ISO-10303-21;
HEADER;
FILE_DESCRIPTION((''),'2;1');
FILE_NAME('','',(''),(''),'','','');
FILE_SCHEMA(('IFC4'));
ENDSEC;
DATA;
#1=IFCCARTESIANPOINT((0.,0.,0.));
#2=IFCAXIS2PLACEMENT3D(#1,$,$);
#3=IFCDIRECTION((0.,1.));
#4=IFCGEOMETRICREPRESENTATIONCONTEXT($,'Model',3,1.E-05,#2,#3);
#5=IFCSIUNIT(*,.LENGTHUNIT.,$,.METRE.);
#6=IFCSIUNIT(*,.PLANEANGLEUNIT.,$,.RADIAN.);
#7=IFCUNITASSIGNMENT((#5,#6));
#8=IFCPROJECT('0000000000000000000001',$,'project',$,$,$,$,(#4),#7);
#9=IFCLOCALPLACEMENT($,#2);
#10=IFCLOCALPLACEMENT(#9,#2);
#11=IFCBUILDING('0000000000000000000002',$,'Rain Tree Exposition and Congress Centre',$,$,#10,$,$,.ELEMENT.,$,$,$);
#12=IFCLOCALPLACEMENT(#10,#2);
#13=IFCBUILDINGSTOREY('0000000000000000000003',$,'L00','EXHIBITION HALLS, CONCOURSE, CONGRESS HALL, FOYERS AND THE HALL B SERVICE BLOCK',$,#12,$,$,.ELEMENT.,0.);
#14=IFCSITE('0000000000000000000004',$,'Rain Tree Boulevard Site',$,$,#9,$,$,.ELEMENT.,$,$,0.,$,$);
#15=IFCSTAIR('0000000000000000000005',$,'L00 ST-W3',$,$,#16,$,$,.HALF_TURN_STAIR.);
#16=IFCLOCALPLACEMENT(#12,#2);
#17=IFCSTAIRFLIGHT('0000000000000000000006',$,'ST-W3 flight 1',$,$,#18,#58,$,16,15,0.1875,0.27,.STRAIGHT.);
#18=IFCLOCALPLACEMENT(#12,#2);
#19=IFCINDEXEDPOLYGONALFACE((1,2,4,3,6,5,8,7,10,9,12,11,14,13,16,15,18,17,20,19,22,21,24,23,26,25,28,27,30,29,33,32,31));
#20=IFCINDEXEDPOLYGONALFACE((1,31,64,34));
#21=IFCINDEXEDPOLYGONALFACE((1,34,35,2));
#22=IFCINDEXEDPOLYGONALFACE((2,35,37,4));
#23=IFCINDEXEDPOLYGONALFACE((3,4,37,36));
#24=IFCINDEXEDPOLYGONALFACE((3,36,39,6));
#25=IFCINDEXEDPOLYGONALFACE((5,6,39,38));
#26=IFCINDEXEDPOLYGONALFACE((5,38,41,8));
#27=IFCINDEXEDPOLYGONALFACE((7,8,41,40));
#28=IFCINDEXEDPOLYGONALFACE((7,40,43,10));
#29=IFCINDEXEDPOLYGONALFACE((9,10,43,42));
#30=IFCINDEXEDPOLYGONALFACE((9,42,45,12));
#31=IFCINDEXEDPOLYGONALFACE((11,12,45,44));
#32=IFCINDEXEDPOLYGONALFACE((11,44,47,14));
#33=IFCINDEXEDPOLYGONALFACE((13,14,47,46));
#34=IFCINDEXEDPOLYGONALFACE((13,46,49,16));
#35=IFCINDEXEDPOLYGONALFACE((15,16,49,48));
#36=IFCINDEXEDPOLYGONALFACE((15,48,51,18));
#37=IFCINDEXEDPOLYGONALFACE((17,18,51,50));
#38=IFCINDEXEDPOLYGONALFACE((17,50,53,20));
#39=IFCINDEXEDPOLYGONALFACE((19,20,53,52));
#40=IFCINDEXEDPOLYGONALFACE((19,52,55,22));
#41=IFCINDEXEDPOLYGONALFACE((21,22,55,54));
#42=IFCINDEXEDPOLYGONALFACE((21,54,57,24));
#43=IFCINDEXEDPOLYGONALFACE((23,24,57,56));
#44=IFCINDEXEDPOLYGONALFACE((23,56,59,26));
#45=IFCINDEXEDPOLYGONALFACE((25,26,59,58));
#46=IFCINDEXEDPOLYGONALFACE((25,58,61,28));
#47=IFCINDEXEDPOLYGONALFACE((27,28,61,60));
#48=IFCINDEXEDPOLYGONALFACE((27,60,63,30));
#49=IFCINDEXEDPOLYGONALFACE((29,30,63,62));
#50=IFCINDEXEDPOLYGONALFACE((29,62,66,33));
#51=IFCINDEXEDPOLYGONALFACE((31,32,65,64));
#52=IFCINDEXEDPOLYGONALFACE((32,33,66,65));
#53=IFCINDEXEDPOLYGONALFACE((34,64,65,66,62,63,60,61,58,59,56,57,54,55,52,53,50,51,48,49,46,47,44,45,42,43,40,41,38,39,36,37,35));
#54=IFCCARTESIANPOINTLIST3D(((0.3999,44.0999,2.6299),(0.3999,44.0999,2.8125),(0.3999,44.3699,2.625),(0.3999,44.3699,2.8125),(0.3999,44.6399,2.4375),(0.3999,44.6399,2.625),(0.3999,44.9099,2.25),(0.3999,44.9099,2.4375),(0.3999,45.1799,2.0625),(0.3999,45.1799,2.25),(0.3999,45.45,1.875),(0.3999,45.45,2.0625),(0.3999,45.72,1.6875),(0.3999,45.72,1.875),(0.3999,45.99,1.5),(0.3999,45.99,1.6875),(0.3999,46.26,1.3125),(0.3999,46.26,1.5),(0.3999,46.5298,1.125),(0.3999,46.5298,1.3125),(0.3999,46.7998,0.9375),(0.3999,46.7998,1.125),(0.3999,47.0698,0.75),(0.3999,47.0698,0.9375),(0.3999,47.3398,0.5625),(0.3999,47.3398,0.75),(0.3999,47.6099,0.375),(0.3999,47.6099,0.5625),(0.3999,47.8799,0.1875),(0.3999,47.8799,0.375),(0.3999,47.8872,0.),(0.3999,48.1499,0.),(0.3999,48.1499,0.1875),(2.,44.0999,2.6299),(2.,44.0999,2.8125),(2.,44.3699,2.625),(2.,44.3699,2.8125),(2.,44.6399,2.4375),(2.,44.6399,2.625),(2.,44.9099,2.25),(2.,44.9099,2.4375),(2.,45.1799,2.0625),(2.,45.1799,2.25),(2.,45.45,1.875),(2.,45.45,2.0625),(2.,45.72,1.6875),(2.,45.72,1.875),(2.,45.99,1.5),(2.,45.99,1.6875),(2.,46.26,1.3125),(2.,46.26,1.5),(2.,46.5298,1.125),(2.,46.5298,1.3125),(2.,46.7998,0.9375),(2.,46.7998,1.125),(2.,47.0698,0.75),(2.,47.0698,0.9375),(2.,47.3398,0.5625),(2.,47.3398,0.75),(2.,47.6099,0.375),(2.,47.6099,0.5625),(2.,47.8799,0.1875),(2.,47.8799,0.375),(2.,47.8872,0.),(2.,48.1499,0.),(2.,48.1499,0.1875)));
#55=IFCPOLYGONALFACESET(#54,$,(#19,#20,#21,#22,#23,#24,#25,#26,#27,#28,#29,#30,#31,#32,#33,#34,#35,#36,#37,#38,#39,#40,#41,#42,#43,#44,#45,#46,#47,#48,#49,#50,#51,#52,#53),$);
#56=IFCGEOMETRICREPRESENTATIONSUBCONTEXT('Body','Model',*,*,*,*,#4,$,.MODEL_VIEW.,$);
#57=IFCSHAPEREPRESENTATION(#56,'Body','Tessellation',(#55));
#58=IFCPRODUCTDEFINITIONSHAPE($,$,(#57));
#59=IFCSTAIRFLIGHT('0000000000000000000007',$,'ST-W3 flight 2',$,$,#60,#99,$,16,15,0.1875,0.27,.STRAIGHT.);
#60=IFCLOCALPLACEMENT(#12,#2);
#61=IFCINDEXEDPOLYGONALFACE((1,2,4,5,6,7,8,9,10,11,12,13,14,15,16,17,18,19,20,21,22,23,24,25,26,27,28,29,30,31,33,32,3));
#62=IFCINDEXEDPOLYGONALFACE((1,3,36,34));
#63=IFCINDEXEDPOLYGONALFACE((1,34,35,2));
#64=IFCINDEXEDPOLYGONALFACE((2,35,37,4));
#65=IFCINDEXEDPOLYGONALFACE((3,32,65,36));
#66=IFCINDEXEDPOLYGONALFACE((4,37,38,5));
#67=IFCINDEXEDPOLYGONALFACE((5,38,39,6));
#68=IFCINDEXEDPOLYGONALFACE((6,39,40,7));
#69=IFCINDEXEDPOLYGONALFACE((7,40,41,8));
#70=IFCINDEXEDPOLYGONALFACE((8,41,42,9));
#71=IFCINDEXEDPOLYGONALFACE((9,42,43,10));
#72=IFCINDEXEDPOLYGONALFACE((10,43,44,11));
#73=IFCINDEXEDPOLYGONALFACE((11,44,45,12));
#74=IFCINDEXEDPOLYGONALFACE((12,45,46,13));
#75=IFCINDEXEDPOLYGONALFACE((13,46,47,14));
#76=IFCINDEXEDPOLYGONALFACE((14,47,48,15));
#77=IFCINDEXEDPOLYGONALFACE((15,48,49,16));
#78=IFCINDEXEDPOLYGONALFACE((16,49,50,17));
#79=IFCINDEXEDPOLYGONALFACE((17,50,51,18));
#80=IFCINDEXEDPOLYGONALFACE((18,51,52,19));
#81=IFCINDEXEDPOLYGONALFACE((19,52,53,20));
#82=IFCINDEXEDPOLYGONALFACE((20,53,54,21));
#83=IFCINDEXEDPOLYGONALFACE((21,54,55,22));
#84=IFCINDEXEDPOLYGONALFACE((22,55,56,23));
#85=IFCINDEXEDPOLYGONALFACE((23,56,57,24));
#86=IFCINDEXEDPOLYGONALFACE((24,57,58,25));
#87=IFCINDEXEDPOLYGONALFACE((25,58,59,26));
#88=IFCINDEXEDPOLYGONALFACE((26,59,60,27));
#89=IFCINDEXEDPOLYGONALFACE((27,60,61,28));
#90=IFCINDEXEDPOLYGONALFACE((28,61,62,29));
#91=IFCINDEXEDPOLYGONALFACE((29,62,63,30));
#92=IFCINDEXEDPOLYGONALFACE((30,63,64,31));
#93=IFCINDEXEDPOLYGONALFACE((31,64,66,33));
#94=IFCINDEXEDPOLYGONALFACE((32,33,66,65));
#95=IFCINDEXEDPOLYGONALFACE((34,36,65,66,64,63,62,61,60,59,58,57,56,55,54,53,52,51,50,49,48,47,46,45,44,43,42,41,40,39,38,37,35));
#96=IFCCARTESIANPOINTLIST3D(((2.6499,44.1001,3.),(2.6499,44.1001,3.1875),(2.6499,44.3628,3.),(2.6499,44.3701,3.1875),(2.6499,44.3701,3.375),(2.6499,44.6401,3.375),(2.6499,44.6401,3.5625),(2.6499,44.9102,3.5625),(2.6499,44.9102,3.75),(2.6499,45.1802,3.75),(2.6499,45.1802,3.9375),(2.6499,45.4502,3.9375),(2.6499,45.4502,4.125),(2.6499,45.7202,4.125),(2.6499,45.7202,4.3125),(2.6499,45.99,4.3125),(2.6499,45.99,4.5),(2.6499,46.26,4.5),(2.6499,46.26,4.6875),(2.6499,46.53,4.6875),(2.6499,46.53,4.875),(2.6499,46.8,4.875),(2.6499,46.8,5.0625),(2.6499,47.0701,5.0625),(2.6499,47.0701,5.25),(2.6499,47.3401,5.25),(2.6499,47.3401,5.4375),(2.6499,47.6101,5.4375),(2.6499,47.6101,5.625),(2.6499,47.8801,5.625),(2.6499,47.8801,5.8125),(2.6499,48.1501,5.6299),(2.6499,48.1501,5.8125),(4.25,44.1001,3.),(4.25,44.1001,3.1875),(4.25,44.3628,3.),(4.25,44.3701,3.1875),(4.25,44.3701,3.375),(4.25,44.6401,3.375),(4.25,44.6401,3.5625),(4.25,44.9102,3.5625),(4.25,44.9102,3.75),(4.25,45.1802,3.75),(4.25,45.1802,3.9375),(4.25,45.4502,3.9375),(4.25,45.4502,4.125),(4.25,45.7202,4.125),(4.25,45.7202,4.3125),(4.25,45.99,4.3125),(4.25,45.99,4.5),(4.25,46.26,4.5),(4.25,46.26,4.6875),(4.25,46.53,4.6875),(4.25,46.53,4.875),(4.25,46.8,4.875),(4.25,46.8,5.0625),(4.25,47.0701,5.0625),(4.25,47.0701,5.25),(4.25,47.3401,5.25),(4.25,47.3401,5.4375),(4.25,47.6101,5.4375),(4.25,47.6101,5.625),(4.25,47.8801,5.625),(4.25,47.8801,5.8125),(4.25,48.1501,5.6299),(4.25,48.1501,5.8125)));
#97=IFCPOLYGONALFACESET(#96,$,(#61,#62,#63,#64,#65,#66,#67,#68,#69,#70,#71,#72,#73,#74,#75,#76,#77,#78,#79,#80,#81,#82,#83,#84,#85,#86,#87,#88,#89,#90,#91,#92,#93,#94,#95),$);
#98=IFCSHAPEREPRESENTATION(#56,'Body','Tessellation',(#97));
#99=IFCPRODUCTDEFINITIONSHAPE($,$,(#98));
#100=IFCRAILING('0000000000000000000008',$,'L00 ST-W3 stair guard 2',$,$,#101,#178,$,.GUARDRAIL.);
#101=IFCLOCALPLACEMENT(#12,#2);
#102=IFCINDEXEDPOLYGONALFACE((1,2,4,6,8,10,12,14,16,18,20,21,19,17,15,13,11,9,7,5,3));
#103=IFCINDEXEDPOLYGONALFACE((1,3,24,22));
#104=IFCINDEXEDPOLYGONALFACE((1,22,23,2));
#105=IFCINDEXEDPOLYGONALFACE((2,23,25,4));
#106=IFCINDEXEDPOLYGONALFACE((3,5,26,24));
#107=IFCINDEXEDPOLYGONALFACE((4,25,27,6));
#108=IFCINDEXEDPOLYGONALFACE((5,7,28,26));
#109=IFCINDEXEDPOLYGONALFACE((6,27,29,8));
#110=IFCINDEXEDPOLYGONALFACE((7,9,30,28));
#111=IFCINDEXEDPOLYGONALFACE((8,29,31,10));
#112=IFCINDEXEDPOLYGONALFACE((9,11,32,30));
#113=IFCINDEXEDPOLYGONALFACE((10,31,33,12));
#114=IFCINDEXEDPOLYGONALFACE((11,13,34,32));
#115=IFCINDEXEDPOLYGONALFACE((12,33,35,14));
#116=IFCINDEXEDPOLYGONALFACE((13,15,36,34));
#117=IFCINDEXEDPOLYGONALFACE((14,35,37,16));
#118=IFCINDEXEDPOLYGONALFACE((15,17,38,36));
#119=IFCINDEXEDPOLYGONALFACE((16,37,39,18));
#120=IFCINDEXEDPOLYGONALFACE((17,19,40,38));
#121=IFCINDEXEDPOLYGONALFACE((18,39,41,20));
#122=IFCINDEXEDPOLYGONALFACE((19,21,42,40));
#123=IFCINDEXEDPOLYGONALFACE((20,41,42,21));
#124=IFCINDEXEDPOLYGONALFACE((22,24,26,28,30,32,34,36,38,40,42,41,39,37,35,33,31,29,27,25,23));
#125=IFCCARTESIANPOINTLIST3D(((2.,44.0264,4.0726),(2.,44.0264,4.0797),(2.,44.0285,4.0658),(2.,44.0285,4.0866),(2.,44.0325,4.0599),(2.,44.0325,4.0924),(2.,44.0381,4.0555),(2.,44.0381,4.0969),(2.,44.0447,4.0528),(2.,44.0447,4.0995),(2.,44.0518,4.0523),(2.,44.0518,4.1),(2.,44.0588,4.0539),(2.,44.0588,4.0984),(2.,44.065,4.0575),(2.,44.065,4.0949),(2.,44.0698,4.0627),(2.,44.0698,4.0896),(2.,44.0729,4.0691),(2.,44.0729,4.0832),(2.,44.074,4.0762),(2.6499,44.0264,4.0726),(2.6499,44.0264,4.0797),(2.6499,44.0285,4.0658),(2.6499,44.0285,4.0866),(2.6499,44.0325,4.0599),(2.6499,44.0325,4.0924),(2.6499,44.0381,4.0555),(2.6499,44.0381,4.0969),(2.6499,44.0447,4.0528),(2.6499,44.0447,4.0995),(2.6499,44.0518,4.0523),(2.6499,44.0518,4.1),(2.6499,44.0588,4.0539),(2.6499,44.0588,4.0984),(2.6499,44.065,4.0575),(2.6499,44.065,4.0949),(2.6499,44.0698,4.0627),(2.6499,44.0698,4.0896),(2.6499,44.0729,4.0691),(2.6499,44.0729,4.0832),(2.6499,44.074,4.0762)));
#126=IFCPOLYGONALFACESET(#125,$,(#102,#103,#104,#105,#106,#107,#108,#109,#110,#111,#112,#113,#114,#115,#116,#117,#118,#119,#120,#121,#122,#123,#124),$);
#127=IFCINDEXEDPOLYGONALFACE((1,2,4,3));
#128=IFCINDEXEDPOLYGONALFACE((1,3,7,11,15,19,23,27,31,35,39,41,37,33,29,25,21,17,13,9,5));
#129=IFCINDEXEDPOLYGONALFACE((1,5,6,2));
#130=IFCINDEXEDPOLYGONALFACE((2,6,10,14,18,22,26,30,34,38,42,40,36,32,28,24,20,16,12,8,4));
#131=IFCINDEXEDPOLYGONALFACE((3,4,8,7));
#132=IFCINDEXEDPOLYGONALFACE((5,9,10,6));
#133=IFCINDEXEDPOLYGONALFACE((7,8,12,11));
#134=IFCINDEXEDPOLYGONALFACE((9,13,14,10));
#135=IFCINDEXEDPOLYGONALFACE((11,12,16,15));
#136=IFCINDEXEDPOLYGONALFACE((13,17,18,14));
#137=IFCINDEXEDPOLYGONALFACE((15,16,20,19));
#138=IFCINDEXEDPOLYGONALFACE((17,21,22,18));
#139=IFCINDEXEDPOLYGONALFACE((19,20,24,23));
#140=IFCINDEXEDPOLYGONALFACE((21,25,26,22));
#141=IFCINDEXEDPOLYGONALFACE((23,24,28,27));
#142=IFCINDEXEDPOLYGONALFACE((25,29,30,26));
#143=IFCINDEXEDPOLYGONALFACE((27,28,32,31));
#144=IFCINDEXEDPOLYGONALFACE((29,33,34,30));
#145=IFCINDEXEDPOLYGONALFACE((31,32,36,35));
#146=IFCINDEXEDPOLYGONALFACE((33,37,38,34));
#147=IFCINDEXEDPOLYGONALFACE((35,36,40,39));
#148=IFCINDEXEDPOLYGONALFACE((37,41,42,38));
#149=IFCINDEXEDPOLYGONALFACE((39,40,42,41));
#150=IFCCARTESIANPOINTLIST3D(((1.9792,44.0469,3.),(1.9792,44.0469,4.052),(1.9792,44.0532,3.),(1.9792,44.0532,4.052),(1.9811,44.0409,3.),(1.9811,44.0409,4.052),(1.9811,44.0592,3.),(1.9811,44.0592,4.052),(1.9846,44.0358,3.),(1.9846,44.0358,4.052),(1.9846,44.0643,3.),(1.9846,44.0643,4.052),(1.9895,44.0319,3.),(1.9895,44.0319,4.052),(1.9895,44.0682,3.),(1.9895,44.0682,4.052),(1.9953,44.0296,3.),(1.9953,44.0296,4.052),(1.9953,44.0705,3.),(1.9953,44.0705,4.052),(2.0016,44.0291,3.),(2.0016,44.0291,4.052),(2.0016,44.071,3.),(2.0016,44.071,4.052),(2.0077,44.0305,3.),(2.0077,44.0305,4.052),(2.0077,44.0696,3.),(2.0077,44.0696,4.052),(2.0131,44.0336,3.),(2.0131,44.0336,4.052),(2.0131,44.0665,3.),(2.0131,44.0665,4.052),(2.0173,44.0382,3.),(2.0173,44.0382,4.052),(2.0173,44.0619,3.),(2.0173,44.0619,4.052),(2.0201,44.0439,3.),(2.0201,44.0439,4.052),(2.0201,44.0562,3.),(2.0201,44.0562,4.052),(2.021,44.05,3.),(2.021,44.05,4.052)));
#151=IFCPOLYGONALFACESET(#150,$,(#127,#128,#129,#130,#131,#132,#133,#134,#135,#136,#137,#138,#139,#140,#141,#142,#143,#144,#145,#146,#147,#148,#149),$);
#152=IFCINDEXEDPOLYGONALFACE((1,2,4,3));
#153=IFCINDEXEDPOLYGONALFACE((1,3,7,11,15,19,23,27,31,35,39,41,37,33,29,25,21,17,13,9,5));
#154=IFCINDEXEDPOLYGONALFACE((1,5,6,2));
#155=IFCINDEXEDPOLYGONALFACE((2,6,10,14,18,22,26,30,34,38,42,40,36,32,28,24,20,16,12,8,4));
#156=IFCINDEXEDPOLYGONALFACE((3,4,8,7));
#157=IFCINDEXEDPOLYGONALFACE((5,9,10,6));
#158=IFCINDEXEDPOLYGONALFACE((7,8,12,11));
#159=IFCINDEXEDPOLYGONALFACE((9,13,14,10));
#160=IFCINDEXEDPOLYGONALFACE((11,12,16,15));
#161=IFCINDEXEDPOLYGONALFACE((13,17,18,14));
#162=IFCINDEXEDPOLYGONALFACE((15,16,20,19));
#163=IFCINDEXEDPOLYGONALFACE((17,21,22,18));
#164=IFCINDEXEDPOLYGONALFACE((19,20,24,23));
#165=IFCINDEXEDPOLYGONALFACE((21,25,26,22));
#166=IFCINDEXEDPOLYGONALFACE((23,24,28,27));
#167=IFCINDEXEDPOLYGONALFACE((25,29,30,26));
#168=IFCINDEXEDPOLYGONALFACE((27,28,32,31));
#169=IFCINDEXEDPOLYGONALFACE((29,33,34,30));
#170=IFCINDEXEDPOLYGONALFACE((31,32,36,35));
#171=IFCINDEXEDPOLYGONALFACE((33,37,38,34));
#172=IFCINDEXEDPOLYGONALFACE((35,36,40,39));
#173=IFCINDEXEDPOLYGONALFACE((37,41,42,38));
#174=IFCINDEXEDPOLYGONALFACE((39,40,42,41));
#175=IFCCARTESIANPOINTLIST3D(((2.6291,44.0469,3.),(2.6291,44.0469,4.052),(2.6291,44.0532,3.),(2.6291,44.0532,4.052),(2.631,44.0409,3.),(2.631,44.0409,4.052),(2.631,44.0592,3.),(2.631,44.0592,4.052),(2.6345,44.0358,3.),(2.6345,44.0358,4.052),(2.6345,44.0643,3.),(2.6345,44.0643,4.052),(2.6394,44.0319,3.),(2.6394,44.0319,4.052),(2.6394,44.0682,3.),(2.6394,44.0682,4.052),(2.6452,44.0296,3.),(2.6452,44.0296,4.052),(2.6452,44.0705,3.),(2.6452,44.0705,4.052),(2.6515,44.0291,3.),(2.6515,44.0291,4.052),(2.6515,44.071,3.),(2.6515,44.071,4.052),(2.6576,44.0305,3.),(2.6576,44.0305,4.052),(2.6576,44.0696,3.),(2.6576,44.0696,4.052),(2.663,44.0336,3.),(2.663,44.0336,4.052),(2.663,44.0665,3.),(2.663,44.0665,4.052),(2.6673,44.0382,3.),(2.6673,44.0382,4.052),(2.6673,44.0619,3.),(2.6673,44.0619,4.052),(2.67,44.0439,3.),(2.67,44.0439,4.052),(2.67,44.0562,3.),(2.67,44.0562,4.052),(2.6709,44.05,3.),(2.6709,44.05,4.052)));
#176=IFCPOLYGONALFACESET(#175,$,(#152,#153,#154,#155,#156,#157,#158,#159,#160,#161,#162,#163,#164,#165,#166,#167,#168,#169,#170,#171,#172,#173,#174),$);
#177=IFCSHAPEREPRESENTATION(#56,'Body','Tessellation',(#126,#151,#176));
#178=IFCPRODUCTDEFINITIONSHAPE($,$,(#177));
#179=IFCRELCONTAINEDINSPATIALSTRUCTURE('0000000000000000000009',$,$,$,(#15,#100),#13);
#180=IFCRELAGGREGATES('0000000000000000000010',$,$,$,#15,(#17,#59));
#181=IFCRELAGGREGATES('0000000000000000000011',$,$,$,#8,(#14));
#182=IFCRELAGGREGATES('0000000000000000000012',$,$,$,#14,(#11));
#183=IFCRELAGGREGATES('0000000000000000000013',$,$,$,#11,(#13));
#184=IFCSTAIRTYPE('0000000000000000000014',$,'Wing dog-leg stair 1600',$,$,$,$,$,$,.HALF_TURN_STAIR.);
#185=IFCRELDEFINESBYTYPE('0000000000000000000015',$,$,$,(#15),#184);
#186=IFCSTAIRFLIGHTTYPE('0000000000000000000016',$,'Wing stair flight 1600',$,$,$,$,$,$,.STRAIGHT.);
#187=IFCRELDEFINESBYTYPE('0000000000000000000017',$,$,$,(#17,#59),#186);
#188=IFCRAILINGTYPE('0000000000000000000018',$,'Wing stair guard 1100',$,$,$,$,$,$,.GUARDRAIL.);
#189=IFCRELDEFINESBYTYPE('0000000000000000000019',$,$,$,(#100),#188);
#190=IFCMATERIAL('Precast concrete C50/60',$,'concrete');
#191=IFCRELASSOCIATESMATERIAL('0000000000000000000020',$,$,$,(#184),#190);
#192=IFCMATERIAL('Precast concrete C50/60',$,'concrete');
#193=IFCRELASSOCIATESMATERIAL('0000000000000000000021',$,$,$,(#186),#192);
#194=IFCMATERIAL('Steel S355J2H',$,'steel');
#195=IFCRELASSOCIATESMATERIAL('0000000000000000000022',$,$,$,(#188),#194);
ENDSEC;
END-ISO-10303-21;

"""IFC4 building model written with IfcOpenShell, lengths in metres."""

from ifc_helpers import new_model, si_unit, direction, frame, origin, origin_2d, place, context, subcontext, project, spatial, polyline, circle, outline, extrude, material, type_object, element, aggregate, save


model = new_model("IFC4")

# Units and contexts
model_context = context("Model", 3, precision=1e-05, world=origin(), true_north=direction((0.0, 1.0)))
body_context = subcontext(model_context, "Body", "Model", "MODEL_VIEW")
ifc_project = project(units=[si_unit("LENGTHUNIT", "METRE"), si_unit("PLANEANGLEUNIT", "RADIAN")], contexts=[model_context])

# Site, building, storey
site_placement = place(None, origin())
site = spatial("IfcSite", under=ifc_project, at=site_placement, Name="Rain Tree Boulevard Site", CompositionType="ELEMENT", RefElevation=0.0)
building_placement = place(site_placement, origin())
building = spatial("IfcBuilding", under=site, at=building_placement, Name="Rain Tree Exposition and Congress Centre", CompositionType="ELEMENT")
storey_placement = place(building_placement, origin())
storey = spatial("IfcBuildingStorey", under=building, at=storey_placement, Name="L00", Description="EXHIBITION HALLS, CONCOURSE, CONGRESS HALL, FOYERS AND THE HALL B SERVICE BLOCK", CompositionType="ELEMENT", Elevation=0.0)

# Stair, stair flights
ifc_material_1 = material(Name="Precast concrete C50/60", Category="concrete")
stair_type = type_object("IfcStairType", Name="Wing dog-leg stair 1600", PredefinedType="HALF_TURN_STAIR", material=ifc_material_1)
stair_placement = place(storey_placement, origin())
stair = element("IfcStair", 1, at=stair_placement, inside=storey, type_object=stair_type, Name="L00 ST-W3", PredefinedType="HALF_TURN_STAIR")
ifc_material_2 = material(Name="Precast concrete C50/60", Category="concrete")
stair_flight_type = type_object("IfcStairFlightType", Name="Wing stair flight 1600", PredefinedType="STRAIGHT", material=ifc_material_2)
stair_flight_1_placement = place(storey_placement, frame((1.2, 48.1499, 0.0), z_axis=(0.0, 0.0, 1.0), x_axis=(0.0, -1.0, 0.0)))
stair_flight_1 = element("IfcStairFlight", 2, at=stair_flight_1_placement, type_object=stair_flight_type, Name="ST-W3 flight 1", NumberOfRisers=16, NumberOfTreads=15, PredefinedType="STRAIGHT", RiserHeight=0.1875, TreadLength=0.27, context=body_context, shape_type="SweptSolid", body=[
    extrude(outline(polyline([(0.0, 0.0), (0.0, 0.1875), (0.27, 0.1875), (0.27, 0.375), (0.54, 0.375), (0.54, 0.5625), (0.8101, 0.5625), (0.8101, 0.75), (1.0801, 0.75), (1.0801, 0.9375), (1.3501, 0.9375), (1.3501, 1.125), (1.6201, 1.125), (1.6201, 1.3125), (1.8899, 1.3125), (1.8899, 1.5), (2.1599, 1.5), (2.1599, 1.6875), (2.4299, 1.6875), (2.4299, 1.875), (2.7, 1.875), (2.7, 2.0625), (2.97, 2.0625), (2.97, 2.25), (3.24, 2.25), (3.24, 2.4375), (3.51, 2.4375), (3.51, 2.625), (3.78, 2.625), (3.78, 2.8125), (4.05, 2.8125), (4.05, 3.0), (4.05, 2.6299), (0.2627, 0.0), (0.0, 0.0)])), frame((0.0, 0.8, 0.0), z_axis=(0.0, -1.0, 0.0), x_axis=(1.0, 0.0, 0.0)), (0.0, 0.0, 1.0), 1.6001),
])
stair_flight_2_placement = place(storey_placement, frame((3.45, 44.1001, 3.0), z_axis=(0.0, 0.0, 1.0), x_axis=(0.0, 1.0, 0.0)))
stair_flight_2 = element("IfcStairFlight", 3, at=stair_flight_2_placement, type_object=stair_flight_type, Name="ST-W3 flight 2", NumberOfRisers=16, NumberOfTreads=15, PredefinedType="STRAIGHT", RiserHeight=0.1875, TreadLength=0.27, context=body_context, shape_type="SweptSolid", body=[
    extrude(outline(polyline([(0.0, 0.0), (0.0, 0.1875), (0.27, 0.1875), (0.27, 0.375), (0.54, 0.375), (0.54, 0.5625), (0.8101, 0.5625), (0.8101, 0.75), (1.0801, 0.75), (1.0801, 0.9375), (1.3501, 0.9375), (1.3501, 1.125), (1.6201, 1.125), (1.6201, 1.3125), (1.8899, 1.3125), (1.8899, 1.5), (2.1599, 1.5), (2.1599, 1.6875), (2.4299, 1.6875), (2.4299, 1.875), (2.7, 1.875), (2.7, 2.0625), (2.97, 2.0625), (2.97, 2.25), (3.24, 2.25), (3.24, 2.4375), (3.51, 2.4375), (3.51, 2.625), (3.78, 2.625), (3.78, 2.8125), (4.05, 2.8125), (4.05, 3.0), (4.05, 2.6299), (0.2627, 0.0), (0.0, 0.0)])), frame((0.0, 0.8, 0.0), z_axis=(0.0, -1.0, 0.0), x_axis=(1.0, 0.0, 0.0)), (0.0, 0.0, 1.0), 1.6001),
])
aggregate(stair, [stair_flight_1, stair_flight_2])

# Railing
ifc_material_3 = material(Name="Steel S355J2H", Category="steel")
railing_type_1 = type_object("IfcRailingType", Name="Wing stair guard 1100", PredefinedType="GUARDRAIL", material=ifc_material_3)
railing_1_placement = place(storey_placement, frame((2.0, 44.05, 3.0)))
element("IfcRailing", 4, at=railing_1_placement, inside=storey, type_object=railing_type_1, Name="L00 ST-W3 stair guard 2", PredefinedType="GUARDRAIL", context=body_context, shape_type="SweptSolid", body=[
    extrude(circle(Radius=0.0239, at=origin_2d()), frame((0.0, 0.0, 1.0762), z_axis=(1.0, 0.0, 0.0), x_axis=(0.0, 1.0, 0.0)), (0.0, 0.0, 1.0), 0.6499),
    extrude(circle(Radius=0.021, at=origin_2d()), origin(), (0.0, 0.0, 1.0), 1.052),
    extrude(circle(Radius=0.021, at=origin_2d()), frame((0.6499, 0.0, 0.0)), (0.0, 0.0, 1.0), 1.052),
])

save(model, "model.ifc")
